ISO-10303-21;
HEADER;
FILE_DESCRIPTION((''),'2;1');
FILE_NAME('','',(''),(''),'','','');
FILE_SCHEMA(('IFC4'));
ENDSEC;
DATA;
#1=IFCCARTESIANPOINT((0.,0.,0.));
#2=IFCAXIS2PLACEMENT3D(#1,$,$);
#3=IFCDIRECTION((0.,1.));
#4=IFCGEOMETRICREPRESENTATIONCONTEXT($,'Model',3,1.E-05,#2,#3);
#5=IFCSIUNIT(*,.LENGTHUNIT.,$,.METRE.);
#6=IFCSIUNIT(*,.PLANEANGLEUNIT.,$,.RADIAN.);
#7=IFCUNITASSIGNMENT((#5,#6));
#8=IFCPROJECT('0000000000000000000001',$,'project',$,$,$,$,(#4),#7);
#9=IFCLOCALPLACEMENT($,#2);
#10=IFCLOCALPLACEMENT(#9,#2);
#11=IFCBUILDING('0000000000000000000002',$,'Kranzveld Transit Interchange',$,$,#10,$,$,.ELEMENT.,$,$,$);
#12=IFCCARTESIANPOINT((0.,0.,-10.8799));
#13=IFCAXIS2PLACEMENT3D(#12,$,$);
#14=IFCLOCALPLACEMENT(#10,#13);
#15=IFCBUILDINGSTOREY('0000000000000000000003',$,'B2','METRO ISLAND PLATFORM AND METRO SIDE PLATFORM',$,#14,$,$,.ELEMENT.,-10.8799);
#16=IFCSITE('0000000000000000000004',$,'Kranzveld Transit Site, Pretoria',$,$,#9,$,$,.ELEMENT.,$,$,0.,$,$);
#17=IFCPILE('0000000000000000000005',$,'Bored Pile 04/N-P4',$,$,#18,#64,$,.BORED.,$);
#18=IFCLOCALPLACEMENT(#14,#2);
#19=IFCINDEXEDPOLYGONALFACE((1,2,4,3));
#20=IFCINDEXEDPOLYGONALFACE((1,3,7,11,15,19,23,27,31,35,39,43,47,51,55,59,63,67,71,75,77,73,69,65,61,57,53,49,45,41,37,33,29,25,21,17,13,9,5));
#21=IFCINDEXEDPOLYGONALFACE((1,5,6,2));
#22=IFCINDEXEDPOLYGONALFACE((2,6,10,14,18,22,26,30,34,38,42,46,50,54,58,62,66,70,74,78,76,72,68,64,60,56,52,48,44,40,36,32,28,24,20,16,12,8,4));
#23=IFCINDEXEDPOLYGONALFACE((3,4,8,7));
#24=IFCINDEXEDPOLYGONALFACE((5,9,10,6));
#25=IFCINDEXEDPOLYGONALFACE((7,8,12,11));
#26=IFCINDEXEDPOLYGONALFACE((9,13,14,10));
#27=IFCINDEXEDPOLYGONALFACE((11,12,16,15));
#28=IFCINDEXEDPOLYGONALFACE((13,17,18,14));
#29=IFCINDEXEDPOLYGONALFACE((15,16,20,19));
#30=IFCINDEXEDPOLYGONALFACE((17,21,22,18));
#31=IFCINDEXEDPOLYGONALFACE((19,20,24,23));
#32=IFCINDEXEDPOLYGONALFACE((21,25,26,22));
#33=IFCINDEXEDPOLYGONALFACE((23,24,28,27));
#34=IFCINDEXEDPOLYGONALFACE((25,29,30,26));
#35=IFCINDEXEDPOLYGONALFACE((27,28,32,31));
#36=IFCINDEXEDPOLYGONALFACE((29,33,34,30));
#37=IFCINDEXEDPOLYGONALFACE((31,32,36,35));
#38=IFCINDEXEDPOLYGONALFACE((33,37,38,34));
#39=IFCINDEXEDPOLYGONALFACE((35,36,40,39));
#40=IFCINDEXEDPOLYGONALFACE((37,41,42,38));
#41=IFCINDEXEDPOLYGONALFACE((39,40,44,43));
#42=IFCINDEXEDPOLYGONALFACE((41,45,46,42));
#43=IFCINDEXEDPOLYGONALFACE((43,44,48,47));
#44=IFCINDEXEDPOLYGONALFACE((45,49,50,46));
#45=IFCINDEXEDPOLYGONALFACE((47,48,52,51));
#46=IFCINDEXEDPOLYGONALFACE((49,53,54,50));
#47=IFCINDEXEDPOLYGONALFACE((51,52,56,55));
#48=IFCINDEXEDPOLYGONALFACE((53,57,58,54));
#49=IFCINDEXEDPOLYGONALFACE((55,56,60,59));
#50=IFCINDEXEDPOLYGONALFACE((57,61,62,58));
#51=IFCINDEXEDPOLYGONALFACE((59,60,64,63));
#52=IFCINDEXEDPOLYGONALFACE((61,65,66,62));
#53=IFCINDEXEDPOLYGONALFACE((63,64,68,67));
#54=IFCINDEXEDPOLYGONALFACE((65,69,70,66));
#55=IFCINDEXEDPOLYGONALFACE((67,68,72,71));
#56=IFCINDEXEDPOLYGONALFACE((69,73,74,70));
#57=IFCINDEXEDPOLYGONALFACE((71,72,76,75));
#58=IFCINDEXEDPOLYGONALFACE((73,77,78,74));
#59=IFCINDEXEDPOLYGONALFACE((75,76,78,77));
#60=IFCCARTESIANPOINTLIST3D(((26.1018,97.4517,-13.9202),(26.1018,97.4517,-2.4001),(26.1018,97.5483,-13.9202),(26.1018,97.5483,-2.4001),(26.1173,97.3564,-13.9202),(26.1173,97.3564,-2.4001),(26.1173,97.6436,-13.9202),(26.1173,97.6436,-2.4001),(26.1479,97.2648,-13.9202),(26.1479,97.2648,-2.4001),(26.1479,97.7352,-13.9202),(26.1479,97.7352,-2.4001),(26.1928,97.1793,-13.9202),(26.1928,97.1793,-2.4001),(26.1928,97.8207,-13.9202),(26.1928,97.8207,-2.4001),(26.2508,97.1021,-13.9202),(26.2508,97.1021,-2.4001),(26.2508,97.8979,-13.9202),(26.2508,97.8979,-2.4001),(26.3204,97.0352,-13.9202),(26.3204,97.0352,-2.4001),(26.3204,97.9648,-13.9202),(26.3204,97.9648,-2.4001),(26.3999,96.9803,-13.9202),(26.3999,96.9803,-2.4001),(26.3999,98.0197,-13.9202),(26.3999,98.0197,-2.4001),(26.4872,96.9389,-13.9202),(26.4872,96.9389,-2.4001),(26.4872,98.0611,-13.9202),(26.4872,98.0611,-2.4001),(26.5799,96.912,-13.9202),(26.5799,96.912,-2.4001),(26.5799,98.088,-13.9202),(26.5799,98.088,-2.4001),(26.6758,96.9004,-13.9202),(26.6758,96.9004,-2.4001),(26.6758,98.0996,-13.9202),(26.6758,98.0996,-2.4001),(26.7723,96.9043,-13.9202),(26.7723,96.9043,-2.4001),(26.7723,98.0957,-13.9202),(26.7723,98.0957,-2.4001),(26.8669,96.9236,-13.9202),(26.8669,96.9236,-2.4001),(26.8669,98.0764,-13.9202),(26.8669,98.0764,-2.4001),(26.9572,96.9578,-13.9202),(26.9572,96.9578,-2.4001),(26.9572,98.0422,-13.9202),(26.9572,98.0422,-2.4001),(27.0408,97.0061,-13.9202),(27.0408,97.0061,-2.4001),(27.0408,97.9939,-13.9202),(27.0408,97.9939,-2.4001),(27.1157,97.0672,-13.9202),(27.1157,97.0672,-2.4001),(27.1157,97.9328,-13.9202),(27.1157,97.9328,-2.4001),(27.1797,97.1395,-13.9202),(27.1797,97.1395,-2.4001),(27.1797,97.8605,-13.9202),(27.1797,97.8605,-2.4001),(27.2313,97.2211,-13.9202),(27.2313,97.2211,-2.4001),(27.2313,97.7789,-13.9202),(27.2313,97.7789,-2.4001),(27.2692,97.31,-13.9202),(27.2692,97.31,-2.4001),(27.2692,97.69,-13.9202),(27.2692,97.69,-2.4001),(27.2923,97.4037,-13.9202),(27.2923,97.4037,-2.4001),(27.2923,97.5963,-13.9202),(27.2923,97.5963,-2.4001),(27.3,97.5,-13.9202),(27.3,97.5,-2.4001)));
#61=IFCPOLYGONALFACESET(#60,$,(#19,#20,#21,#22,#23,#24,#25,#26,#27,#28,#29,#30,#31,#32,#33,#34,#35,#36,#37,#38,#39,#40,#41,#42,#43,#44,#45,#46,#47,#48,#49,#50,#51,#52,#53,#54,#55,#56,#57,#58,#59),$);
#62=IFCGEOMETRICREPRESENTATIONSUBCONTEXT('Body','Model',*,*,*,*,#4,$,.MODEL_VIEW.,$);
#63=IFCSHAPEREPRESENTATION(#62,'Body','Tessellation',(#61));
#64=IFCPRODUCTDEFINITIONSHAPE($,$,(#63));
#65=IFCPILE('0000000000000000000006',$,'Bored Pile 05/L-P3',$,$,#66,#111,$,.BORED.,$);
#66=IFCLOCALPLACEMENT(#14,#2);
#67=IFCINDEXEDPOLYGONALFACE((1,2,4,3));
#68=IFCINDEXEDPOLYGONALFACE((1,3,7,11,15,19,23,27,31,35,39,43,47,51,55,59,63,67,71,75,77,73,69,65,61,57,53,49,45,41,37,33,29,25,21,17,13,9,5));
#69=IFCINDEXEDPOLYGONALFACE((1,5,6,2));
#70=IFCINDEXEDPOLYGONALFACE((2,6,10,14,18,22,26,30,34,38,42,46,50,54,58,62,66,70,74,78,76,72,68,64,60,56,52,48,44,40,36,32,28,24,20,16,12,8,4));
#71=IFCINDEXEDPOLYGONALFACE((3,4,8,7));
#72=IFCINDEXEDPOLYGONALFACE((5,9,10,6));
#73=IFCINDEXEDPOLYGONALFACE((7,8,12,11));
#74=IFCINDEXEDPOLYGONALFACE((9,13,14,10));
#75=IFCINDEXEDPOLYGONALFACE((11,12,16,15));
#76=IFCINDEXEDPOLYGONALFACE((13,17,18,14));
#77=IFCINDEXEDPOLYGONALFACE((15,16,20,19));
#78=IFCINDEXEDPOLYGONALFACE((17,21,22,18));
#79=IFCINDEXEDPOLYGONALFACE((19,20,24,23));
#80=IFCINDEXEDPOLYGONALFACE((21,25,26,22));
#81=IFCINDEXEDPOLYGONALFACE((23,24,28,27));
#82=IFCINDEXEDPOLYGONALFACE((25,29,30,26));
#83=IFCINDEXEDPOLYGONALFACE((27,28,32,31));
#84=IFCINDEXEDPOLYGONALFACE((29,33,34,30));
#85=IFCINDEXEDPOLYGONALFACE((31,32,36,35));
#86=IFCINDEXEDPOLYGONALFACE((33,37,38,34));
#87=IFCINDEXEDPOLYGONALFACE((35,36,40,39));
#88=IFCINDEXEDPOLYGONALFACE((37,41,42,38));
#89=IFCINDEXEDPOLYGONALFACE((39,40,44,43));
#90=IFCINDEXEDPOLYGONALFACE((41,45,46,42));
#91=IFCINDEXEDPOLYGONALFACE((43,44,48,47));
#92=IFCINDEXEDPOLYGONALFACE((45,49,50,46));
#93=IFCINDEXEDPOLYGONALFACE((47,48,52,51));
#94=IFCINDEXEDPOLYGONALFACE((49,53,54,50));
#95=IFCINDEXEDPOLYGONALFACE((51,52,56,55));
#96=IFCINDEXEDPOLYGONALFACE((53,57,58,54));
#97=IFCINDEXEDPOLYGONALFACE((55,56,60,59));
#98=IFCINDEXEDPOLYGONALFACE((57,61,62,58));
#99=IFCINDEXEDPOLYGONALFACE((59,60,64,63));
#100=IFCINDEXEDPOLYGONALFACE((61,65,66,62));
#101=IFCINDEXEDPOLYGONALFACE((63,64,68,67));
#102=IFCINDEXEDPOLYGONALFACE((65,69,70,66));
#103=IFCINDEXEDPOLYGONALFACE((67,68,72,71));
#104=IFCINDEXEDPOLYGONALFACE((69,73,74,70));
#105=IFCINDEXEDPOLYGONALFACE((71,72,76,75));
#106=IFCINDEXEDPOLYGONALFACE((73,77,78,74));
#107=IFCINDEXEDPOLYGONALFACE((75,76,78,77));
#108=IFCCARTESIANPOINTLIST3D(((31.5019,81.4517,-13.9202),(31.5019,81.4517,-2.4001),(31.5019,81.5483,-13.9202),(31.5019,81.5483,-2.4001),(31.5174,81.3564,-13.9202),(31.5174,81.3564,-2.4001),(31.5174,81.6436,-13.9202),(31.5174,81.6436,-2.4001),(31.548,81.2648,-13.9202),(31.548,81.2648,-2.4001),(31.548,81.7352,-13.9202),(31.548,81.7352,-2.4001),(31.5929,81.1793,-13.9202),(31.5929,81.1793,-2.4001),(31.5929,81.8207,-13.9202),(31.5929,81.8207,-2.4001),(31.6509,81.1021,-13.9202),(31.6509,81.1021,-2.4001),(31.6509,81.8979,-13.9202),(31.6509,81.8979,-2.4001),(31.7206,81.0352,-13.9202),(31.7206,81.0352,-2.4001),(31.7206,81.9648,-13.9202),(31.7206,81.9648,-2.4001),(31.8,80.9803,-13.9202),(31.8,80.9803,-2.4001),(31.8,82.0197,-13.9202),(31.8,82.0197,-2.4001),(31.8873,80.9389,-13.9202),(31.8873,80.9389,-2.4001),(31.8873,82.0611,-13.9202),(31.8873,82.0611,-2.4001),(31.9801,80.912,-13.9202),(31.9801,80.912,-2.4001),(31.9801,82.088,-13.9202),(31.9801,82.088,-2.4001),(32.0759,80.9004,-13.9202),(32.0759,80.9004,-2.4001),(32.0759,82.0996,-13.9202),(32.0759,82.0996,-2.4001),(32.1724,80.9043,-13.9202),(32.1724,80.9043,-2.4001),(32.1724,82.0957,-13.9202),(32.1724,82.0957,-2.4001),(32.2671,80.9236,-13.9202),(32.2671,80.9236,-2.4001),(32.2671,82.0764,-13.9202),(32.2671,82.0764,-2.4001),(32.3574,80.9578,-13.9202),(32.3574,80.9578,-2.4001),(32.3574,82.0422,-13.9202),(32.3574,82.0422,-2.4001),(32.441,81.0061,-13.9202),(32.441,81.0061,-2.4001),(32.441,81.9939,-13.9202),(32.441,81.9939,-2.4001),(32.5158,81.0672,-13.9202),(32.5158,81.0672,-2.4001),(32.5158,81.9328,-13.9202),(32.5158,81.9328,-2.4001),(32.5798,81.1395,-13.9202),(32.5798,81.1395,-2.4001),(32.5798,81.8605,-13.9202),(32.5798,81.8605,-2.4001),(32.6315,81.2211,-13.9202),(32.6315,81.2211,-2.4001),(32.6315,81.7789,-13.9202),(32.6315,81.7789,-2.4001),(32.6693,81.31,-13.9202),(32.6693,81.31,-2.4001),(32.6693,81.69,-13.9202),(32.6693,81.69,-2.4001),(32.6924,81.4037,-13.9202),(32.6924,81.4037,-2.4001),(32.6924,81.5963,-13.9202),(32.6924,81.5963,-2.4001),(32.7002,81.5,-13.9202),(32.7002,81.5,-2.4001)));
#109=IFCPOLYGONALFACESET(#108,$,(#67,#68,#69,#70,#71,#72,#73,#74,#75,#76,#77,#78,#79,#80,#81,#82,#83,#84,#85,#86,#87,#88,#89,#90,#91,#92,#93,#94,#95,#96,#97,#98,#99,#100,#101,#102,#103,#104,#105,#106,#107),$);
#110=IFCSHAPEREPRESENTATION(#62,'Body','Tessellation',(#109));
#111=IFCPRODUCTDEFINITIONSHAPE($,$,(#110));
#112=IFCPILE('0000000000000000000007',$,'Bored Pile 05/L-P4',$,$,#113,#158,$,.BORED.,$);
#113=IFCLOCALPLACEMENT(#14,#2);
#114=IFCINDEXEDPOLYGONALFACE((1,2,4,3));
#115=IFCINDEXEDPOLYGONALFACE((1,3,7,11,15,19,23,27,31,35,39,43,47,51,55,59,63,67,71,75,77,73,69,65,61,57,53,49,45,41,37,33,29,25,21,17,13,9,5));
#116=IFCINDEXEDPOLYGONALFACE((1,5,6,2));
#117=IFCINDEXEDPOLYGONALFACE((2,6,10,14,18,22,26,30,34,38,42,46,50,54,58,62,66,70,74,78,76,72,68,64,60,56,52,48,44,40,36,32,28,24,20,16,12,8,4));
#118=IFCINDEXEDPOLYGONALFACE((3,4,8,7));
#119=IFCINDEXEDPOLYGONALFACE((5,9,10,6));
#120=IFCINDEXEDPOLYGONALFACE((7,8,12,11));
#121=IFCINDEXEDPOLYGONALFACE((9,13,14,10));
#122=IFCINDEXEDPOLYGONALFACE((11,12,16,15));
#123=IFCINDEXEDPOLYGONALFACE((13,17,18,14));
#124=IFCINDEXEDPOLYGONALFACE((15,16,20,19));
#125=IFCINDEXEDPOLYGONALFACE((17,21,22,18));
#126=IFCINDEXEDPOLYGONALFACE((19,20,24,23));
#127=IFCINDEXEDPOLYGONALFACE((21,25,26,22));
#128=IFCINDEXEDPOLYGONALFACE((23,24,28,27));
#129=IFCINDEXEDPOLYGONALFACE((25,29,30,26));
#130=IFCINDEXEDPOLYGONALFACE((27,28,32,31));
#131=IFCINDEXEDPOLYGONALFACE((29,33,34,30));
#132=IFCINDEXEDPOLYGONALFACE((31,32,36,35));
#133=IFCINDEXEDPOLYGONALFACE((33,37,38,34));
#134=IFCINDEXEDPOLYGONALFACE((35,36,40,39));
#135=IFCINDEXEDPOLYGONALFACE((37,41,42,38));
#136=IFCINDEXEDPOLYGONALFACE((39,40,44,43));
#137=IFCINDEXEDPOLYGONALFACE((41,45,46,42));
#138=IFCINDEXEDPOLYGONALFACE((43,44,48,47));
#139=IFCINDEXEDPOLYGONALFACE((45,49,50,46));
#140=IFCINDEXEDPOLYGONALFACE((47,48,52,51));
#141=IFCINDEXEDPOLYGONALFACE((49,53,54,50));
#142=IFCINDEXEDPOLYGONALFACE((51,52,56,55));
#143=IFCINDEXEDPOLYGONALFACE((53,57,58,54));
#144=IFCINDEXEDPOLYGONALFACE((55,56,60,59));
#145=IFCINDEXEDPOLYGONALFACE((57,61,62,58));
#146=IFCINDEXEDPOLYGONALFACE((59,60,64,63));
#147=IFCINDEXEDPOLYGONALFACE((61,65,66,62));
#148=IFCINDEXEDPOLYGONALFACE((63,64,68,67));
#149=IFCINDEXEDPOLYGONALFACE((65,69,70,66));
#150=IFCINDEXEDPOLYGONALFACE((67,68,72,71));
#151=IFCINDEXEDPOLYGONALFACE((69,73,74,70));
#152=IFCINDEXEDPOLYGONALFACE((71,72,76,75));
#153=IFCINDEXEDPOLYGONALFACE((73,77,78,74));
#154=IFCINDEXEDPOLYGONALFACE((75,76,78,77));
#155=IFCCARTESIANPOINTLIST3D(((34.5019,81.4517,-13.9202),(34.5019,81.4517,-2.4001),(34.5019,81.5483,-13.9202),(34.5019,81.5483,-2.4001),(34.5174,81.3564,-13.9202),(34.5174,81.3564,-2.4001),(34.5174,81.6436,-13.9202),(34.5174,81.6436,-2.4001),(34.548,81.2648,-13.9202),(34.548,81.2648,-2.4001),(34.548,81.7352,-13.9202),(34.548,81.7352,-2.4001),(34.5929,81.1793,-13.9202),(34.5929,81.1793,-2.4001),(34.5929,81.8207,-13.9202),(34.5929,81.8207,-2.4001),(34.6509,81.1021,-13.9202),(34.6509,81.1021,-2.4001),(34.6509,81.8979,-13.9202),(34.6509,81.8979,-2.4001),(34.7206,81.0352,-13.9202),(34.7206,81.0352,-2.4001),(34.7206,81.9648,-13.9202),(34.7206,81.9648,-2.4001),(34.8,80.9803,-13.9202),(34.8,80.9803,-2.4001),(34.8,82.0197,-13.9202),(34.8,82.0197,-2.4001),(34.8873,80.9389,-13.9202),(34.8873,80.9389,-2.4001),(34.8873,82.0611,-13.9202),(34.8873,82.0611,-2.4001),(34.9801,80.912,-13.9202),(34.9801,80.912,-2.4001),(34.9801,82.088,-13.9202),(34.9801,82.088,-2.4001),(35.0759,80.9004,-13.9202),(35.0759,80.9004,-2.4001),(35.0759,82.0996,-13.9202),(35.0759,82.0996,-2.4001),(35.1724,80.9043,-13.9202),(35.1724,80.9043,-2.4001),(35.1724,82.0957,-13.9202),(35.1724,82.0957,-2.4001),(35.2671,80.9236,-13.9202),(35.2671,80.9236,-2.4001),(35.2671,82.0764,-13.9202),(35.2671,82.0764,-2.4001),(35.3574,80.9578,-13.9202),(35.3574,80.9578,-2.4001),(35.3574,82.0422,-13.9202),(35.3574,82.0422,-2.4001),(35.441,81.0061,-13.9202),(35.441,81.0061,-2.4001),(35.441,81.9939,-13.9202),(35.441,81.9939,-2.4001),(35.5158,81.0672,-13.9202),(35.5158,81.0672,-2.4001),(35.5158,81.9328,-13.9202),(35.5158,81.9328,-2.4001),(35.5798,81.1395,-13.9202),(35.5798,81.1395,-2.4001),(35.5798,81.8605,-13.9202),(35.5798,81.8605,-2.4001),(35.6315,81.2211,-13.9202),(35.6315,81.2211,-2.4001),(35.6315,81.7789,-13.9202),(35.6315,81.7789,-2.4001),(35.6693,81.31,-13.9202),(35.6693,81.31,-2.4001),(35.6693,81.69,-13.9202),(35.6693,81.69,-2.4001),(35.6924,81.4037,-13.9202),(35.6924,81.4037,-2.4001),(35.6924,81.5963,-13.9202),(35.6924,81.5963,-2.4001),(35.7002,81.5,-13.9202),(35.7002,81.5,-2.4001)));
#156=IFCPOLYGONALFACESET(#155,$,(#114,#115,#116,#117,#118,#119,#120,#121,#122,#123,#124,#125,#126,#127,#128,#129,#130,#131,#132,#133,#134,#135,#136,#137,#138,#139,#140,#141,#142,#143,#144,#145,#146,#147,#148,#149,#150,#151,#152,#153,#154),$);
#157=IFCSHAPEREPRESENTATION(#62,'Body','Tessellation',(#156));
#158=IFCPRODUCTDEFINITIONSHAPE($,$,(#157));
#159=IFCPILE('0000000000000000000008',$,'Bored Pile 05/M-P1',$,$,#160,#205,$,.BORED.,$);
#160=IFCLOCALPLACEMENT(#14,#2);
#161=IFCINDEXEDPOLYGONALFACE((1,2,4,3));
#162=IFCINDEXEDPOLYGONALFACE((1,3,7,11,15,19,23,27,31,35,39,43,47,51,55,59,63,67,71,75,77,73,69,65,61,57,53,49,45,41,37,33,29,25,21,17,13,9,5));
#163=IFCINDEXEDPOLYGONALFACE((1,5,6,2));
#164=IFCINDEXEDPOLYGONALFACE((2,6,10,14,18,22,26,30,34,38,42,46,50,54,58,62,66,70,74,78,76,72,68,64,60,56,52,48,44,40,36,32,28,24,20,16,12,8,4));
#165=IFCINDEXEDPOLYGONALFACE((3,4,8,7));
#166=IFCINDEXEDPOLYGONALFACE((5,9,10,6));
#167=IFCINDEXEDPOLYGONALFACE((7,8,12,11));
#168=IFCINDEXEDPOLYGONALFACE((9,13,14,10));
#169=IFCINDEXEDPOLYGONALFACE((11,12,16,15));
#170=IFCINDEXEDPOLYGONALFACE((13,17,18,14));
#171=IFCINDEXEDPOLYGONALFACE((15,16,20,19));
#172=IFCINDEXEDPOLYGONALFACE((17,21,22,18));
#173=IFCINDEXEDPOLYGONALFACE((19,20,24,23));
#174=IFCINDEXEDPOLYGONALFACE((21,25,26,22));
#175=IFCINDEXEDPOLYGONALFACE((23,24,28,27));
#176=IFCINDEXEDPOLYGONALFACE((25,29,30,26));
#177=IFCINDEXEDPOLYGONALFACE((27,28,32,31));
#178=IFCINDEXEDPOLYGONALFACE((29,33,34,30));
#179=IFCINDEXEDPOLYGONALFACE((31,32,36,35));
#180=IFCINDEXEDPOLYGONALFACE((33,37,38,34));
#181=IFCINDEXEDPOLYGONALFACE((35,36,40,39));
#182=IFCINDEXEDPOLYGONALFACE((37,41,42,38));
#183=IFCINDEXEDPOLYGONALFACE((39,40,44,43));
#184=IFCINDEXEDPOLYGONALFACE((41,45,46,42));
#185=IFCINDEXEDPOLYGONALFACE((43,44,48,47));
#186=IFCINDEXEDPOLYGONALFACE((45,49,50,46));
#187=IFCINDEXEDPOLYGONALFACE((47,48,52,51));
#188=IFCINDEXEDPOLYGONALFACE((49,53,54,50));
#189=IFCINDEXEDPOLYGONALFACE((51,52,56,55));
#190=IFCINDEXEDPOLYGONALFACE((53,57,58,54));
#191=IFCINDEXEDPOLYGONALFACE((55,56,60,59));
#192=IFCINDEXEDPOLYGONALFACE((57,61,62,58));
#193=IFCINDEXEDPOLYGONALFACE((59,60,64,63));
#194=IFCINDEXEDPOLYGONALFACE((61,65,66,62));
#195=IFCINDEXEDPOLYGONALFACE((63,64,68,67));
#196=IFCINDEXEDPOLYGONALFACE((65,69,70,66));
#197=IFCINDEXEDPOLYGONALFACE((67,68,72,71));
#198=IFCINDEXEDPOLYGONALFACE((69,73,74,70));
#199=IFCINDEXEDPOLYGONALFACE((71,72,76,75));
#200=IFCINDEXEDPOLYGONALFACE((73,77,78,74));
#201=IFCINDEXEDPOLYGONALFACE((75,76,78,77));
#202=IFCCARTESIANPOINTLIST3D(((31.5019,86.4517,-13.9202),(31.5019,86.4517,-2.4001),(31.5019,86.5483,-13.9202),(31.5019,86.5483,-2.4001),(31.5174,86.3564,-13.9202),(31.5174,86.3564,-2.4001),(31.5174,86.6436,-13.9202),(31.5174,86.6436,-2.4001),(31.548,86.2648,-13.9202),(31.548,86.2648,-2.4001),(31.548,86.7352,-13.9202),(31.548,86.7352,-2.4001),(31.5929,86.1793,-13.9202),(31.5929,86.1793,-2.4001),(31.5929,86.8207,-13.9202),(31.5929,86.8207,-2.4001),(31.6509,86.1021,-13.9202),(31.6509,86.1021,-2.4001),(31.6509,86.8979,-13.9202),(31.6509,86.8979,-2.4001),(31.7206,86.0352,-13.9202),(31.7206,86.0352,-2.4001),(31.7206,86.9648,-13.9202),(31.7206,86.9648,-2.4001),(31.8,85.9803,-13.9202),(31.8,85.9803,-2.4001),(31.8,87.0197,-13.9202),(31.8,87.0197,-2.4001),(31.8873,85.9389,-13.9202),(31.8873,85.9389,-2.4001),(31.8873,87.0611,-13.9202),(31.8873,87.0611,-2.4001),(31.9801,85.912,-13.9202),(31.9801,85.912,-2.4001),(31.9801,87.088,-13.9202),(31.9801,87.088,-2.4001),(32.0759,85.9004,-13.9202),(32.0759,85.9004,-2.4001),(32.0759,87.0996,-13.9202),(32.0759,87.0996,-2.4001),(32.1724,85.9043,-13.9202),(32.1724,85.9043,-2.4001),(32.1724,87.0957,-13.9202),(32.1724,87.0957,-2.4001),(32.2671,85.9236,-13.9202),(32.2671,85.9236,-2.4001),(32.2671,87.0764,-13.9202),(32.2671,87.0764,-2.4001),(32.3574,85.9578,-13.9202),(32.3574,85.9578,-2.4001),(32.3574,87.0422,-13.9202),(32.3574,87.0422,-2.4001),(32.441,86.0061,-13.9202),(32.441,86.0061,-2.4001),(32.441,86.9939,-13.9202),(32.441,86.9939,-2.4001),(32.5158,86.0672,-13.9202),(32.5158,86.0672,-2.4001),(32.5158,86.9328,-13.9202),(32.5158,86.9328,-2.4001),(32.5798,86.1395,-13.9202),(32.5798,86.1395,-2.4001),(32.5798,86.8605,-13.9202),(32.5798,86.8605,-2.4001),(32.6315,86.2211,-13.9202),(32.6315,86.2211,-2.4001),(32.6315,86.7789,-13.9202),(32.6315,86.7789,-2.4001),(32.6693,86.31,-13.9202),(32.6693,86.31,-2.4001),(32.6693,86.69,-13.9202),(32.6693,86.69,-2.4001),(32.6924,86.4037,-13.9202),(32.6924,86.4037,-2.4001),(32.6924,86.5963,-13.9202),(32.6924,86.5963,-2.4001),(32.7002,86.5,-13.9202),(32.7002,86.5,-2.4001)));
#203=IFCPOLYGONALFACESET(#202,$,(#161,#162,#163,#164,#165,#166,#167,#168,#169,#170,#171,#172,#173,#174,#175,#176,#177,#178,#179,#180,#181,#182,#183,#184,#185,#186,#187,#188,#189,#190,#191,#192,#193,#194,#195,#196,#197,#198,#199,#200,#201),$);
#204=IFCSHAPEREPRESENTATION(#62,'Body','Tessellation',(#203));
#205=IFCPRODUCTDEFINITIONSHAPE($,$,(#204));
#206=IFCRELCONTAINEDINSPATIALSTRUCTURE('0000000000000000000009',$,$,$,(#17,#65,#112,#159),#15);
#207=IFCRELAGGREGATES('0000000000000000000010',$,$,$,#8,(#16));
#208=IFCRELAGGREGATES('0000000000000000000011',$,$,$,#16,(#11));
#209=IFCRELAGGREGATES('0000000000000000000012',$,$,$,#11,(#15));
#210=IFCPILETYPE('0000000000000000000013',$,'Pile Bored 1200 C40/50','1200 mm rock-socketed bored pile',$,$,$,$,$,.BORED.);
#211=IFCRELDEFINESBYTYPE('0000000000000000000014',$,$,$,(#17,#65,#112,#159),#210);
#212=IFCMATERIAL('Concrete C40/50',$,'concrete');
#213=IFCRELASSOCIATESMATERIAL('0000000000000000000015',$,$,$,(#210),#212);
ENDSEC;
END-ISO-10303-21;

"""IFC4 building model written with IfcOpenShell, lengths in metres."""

from ifc_helpers import new_model, si_unit, direction, frame, origin, origin_2d, place, context, subcontext, project, spatial, circle, extrude, material, material_profile, profile_set, type_object, element, save


model = new_model("IFC4")

# Units and contexts
model_context = context("Model", 3, precision=1e-05, world=origin(), true_north=direction((0.0, 1.0)))
body_context = subcontext(model_context, "Body", "Model", "MODEL_VIEW")
ifc_project = project(units=[si_unit("LENGTHUNIT", "METRE"), si_unit("PLANEANGLEUNIT", "RADIAN")], contexts=[model_context])

# Site, building, storey
site_placement = place(None, origin())
site = spatial("IfcSite", under=ifc_project, at=site_placement, Name="Kranzveld Transit Site, Pretoria", CompositionType="ELEMENT", RefElevation=0.0)
building_placement = place(site_placement, origin())
building = spatial("IfcBuilding", under=site, at=building_placement, Name="Kranzveld Transit Interchange", CompositionType="ELEMENT")
storey_placement = place(building_placement, frame((0.0, 0.0, -10.8799)))
storey = spatial("IfcBuildingStorey", under=building, at=storey_placement, Name="B2", Description="METRO ISLAND PLATFORM AND METRO SIDE PLATFORM", CompositionType="ELEMENT", Elevation=-10.8799)

# Piles
ifc_material_1 = material(Name="Concrete C40/50", Category="concrete")
ifc_material_profile_1 = material_profile(ifc_material_1, circle(Radius=0.6001, at=origin_2d()), Name="BORED PILE 1200")
ifc_profile_set_1 = profile_set([ifc_material_profile_1], Name="Concrete C40/50")
pile_type = type_object("IfcPileType", Name="Pile Bored 1200 C40/50", Description="1200 mm rock-socketed bored pile", PredefinedType="BORED", material=ifc_profile_set_1)
for number, where, z_axis, x_axis, name in (
    (1, (26.7, 97.5, -2.4001), (0.0, 0.0, -1.0), (1.0, 0.0, 0.0), "Bored Pile 04/N-P4"),
    (2, (32.1001, 81.5, -2.4001), (0.0, 0.0, -1.0), (1.0, 0.0, 0.0), "Bored Pile 05/L-P3"),
    (3, (35.1001, 81.5, -2.4001), (0.0, 0.0, -1.0), (1.0, 0.0, 0.0), "Bored Pile 05/L-P4"),
    (4, (32.1001, 86.5, -2.4001), (0.0, 0.0, -1.0), (1.0, 0.0, 0.0), "Bored Pile 05/M-P1"),
):
    element("IfcPile", number, at=place(storey_placement, frame(where, z_axis=z_axis, x_axis=x_axis)), inside=storey, type_object=pile_type, Name=name, PredefinedType="BORED", context=body_context, shape_type="SweptSolid", body=[
        extrude(circle(Radius=0.6001, at=origin_2d()), origin(), (0.0, 0.0, 1.0), 11.52),
    ])

save(model, "model.ifc")
